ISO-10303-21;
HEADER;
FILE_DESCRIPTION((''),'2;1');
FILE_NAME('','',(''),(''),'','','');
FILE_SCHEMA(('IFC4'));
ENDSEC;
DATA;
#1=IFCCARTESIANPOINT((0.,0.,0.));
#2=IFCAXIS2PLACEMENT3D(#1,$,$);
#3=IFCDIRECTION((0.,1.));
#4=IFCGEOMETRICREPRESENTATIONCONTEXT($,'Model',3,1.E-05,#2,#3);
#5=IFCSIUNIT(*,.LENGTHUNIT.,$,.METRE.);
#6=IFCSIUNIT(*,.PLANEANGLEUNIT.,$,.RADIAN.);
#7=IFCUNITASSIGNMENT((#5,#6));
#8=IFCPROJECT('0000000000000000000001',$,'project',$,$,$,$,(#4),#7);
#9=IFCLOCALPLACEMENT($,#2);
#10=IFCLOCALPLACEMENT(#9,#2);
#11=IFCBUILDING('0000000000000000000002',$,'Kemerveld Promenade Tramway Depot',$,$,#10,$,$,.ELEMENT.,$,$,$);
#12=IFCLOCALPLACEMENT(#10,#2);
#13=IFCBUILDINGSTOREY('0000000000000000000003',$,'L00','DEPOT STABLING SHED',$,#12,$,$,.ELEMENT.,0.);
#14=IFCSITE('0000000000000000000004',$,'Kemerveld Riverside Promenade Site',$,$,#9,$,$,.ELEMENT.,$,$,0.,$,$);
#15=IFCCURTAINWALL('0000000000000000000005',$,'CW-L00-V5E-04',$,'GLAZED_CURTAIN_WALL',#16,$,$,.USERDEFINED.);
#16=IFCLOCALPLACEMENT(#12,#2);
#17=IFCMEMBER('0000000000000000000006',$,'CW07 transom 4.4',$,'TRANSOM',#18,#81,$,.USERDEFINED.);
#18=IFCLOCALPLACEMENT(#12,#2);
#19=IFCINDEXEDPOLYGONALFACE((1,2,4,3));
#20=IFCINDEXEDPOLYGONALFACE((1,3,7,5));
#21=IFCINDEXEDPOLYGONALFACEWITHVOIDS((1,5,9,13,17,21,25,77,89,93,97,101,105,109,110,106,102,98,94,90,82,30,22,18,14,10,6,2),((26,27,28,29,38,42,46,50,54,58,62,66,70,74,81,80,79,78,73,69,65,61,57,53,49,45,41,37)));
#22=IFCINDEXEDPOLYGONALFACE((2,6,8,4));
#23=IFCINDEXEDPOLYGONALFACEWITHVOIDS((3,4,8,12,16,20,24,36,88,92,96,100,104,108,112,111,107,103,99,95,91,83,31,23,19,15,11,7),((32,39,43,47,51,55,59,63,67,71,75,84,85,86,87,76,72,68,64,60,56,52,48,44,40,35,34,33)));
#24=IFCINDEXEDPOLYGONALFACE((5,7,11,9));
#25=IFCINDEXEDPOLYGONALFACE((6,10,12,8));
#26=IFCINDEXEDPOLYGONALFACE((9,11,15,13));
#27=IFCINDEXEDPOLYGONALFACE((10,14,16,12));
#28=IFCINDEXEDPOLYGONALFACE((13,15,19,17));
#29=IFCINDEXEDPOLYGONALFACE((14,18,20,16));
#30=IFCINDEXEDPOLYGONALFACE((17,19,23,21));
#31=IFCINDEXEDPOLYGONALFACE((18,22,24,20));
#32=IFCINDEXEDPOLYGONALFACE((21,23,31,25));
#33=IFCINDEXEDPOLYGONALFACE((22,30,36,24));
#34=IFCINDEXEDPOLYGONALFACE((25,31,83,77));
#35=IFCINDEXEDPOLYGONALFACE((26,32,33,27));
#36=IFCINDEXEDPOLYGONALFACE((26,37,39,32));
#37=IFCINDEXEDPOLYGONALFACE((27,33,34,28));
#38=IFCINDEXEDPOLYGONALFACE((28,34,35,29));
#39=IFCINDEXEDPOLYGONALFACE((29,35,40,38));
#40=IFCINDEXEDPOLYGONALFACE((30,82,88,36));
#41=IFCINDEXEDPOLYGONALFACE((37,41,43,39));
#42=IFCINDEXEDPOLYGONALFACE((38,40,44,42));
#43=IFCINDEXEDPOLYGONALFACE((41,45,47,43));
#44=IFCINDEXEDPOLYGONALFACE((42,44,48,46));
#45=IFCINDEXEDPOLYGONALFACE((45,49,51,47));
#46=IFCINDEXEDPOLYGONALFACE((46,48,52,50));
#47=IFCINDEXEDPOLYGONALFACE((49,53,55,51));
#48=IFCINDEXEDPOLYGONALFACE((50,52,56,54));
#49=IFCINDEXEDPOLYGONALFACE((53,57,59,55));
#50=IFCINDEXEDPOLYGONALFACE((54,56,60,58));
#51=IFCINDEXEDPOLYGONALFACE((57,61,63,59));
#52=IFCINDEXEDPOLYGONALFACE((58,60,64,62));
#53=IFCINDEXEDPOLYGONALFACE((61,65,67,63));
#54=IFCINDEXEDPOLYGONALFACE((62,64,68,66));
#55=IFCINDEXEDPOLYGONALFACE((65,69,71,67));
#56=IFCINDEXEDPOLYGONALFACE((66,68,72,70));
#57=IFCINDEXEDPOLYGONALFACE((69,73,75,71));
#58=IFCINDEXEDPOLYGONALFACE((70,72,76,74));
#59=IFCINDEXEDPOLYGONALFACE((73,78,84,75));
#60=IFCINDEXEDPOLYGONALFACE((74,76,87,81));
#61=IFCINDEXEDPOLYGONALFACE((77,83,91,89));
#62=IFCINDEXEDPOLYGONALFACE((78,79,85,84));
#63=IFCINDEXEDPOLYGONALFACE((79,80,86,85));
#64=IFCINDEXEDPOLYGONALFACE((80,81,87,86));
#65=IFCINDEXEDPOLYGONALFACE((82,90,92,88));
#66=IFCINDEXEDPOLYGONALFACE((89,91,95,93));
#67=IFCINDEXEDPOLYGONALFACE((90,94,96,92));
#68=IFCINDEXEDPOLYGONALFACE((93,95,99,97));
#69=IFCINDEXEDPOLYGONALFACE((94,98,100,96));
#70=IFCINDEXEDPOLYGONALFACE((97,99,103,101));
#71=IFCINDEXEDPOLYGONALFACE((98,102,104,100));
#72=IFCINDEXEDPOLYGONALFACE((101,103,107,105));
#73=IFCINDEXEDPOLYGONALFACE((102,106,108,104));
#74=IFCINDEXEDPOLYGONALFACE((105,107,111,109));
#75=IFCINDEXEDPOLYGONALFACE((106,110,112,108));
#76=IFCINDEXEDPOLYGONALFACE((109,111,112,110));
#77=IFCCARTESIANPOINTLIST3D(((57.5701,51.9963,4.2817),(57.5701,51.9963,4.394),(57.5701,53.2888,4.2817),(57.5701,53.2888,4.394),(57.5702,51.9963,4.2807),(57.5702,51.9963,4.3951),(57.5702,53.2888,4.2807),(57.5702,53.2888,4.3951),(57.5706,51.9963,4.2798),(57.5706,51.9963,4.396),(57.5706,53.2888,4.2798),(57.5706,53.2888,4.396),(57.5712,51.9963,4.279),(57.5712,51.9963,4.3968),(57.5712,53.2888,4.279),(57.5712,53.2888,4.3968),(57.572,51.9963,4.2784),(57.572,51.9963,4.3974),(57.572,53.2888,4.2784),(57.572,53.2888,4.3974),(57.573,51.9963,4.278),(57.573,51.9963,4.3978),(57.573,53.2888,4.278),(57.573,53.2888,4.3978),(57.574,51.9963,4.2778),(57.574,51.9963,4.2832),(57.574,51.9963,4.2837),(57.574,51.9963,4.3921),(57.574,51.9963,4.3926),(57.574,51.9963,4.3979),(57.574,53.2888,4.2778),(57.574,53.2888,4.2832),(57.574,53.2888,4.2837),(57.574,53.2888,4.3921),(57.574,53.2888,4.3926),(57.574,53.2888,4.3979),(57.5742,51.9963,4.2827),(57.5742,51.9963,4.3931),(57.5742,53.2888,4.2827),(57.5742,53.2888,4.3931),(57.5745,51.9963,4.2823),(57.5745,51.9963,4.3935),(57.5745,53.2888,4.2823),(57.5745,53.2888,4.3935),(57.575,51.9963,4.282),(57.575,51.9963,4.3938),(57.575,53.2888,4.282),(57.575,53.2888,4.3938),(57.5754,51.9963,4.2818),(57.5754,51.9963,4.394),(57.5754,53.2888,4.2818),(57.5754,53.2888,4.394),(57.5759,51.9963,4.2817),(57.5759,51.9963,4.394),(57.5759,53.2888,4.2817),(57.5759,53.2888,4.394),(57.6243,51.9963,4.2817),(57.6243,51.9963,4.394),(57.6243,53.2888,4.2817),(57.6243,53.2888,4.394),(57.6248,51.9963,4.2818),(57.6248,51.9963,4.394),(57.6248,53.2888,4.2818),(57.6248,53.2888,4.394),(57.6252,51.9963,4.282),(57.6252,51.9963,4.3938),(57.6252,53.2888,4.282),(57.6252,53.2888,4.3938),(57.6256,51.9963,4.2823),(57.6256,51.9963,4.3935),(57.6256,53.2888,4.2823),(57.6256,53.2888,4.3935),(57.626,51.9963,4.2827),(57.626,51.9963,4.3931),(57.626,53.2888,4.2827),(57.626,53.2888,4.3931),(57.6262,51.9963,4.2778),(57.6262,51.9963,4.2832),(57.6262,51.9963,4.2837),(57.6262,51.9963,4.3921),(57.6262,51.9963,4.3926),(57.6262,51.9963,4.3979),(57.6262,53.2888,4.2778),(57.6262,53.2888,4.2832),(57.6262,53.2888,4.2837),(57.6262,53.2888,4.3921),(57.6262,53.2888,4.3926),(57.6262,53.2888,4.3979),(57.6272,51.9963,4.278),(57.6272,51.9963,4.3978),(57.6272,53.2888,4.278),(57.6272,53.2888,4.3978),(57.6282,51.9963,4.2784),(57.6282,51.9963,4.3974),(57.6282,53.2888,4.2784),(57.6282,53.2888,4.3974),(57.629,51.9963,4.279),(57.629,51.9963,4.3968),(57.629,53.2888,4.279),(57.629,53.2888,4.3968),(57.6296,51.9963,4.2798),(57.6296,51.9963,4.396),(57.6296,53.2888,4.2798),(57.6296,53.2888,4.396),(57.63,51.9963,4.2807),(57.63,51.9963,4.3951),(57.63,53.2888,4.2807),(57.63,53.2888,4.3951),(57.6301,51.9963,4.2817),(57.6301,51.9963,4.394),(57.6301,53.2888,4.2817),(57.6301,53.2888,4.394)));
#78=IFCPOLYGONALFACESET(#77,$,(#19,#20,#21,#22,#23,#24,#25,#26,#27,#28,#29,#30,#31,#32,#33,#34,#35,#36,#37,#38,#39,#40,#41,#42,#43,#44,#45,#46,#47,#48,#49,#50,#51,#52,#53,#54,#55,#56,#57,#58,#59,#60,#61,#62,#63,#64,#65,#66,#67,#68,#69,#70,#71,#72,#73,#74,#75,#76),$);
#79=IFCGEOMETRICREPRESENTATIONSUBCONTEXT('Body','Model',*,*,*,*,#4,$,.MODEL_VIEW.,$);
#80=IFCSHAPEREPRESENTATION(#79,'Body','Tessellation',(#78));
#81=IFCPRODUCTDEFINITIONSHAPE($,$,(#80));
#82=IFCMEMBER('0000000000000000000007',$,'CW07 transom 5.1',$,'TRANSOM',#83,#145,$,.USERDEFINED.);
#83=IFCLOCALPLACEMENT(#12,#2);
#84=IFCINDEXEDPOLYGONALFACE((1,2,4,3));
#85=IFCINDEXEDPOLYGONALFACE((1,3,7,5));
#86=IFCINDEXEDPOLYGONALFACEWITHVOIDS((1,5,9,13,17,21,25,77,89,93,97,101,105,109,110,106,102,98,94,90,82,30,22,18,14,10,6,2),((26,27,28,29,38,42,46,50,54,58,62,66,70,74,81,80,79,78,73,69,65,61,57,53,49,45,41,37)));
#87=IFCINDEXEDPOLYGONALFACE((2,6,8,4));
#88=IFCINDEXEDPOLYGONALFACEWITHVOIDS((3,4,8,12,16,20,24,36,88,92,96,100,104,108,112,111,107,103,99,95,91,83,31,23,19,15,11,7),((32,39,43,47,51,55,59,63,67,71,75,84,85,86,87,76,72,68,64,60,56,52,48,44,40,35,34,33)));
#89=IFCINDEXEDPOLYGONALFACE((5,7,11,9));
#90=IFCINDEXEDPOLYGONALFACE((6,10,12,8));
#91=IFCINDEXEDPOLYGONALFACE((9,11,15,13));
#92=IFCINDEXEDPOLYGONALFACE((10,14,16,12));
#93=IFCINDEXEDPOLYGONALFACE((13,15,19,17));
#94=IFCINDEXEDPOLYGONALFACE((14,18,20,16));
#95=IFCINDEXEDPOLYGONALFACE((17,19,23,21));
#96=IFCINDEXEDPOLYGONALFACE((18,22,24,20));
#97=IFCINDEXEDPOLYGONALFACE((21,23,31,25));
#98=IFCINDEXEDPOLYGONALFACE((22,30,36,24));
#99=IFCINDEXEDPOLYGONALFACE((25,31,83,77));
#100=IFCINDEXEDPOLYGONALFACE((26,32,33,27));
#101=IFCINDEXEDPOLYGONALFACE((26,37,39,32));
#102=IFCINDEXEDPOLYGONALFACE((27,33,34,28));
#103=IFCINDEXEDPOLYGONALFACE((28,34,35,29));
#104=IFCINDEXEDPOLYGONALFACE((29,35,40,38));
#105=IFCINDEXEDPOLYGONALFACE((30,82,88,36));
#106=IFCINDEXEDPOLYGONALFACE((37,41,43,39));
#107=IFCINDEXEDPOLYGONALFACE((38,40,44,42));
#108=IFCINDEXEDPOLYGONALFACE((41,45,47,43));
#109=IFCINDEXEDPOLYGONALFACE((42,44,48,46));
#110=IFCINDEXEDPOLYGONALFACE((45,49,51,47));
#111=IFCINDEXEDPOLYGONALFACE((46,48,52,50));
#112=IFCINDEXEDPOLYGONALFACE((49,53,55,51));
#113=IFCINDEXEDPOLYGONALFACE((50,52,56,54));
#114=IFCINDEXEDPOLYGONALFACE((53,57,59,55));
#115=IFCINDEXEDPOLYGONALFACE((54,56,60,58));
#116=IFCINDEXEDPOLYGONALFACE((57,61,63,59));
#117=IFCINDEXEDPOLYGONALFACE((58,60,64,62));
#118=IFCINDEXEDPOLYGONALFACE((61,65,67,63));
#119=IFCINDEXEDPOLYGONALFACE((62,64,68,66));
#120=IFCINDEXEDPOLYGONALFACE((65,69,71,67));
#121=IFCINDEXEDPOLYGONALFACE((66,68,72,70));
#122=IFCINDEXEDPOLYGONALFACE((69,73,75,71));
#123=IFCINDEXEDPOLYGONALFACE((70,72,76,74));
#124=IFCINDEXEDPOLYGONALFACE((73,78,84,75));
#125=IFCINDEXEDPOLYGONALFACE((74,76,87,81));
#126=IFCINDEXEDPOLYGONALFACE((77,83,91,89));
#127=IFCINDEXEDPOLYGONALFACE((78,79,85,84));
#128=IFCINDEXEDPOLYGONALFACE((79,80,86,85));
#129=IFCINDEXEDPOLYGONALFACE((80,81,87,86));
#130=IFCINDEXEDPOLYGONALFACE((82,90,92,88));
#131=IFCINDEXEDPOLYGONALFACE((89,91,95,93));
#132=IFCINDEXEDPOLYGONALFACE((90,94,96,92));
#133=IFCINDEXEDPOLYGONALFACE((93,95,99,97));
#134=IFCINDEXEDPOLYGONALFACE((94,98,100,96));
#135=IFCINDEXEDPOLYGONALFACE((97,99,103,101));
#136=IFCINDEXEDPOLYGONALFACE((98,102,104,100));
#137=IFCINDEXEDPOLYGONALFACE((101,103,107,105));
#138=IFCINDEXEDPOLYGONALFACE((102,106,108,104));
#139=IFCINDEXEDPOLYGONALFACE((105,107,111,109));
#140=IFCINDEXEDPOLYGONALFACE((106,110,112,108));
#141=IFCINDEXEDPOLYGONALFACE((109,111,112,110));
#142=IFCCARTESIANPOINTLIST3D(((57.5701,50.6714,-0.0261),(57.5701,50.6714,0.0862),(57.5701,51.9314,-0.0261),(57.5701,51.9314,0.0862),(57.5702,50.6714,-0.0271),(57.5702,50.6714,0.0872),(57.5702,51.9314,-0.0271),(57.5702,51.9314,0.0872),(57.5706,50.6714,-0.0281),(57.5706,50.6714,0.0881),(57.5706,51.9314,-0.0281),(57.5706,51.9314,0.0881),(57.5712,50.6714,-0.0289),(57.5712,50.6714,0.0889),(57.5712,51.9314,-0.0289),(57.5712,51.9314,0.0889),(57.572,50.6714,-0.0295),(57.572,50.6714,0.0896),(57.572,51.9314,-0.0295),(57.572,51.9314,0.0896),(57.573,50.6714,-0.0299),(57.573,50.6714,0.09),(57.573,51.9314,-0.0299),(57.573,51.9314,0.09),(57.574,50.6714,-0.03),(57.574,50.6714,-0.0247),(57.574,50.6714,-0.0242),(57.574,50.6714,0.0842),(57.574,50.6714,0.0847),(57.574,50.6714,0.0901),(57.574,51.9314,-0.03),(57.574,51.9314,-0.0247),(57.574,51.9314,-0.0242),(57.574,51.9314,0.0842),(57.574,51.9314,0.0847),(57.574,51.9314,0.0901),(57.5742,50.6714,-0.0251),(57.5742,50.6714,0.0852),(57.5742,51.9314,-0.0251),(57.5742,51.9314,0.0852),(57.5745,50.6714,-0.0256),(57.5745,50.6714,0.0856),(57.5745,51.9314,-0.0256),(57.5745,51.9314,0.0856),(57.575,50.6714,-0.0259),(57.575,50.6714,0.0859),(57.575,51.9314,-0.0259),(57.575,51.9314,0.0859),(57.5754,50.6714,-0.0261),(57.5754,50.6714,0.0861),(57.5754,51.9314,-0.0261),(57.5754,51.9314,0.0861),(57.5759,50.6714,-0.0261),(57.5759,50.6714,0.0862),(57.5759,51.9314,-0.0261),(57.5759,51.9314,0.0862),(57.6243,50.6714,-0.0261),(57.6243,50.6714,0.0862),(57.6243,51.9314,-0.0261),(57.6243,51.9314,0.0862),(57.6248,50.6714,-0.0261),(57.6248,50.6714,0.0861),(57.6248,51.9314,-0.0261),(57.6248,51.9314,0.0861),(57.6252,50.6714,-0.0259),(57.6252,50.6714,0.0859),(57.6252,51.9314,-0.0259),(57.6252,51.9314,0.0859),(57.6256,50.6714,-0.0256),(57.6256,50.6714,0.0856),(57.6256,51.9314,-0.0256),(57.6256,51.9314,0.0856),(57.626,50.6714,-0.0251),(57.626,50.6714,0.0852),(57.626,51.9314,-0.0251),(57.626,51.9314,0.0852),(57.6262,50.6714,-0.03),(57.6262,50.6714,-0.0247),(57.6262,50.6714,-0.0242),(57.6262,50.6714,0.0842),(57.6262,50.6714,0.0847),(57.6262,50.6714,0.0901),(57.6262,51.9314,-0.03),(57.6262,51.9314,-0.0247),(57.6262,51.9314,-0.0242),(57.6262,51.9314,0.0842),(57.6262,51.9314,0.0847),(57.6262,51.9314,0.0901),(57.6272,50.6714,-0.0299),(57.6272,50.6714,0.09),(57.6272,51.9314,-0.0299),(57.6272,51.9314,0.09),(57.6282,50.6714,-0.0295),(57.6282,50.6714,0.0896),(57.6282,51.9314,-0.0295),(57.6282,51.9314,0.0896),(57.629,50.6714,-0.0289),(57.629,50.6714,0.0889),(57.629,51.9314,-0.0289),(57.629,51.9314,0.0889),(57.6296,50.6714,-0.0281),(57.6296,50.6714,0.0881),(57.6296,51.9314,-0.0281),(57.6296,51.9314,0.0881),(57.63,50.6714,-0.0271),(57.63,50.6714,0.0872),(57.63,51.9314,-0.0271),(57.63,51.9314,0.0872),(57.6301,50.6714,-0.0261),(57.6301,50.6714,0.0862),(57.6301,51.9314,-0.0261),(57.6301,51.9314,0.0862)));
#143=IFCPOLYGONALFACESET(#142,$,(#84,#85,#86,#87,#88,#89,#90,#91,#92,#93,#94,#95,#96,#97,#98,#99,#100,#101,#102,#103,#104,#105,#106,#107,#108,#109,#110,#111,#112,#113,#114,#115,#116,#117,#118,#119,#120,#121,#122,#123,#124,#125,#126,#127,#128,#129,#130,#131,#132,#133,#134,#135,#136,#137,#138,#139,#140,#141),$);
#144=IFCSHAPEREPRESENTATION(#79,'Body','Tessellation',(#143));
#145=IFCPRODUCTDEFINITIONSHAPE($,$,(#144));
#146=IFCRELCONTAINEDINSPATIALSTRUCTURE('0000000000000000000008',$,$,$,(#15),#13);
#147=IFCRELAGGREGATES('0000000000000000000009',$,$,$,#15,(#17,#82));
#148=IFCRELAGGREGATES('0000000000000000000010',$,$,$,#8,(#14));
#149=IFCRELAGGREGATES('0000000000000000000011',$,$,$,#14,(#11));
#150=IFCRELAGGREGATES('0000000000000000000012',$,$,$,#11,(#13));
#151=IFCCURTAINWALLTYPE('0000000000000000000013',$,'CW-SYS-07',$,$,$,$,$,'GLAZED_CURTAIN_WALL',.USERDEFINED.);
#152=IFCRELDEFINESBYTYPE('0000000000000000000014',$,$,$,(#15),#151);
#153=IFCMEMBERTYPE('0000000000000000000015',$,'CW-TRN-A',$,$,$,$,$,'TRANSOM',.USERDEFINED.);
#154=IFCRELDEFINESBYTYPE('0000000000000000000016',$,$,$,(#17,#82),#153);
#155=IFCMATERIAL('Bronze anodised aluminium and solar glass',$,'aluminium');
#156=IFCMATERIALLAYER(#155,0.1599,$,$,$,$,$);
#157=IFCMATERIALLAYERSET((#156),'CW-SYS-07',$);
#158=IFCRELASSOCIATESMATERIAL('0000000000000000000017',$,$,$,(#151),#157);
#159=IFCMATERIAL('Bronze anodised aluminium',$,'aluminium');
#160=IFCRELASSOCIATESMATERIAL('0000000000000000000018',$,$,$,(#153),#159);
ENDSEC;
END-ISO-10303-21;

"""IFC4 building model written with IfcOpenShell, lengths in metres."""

from ifc_helpers import new_model, si_unit, direction, frame, origin, origin_2d, place, context, subcontext, project, spatial, hollow_rectangle, extrude, material, layer, layer_set, material_profile, profile_set, type_object, element, aggregate, save


model = new_model("IFC4")

# Units and contexts
model_context = context("Model", 3, precision=1e-05, world=origin(), true_north=direction((0.0, 1.0)))
body_context = subcontext(model_context, "Body", "Model", "MODEL_VIEW")
ifc_project = project(units=[si_unit("LENGTHUNIT", "METRE"), si_unit("PLANEANGLEUNIT", "RADIAN")], contexts=[model_context])

# Site, building, storey
site_placement = place(None, origin())
site = spatial("IfcSite", under=ifc_project, at=site_placement, Name="Kemerveld Riverside Promenade Site", CompositionType="ELEMENT", RefElevation=0.0)
building_placement = place(site_placement, origin())
building = spatial("IfcBuilding", under=site, at=building_placement, Name="Kemerveld Promenade Tramway Depot", CompositionType="ELEMENT")
storey_placement = place(building_placement, origin())
storey = spatial("IfcBuildingStorey", under=building, at=storey_placement, Name="L00", Description="DEPOT STABLING SHED", CompositionType="ELEMENT", Elevation=0.0)

# Curtain wall
ifc_material_1 = material(Name="Bronze anodised aluminium and solar glass", Category="aluminium")
ifc_layer_1 = layer(ifc_material_1, 0.1599)
ifc_layer_set_1 = layer_set([ifc_layer_1], Name="CW-SYS-07")
curtain_wall_type_1 = type_object("IfcCurtainWallType", Name="CW-SYS-07", ElementType="GLAZED_CURTAIN_WALL", PredefinedType="USERDEFINED", material=ifc_layer_set_1)
curtain_wall_1_placement = place(storey_placement, origin())
curtain_wall_1 = element("IfcCurtainWall", 1, at=curtain_wall_1_placement, inside=storey, type_object=curtain_wall_type_1, Name="CW-L00-V5E-04", ObjectType="GLAZED_CURTAIN_WALL", PredefinedType="USERDEFINED")
ifc_material_2 = material(Name="Bronze anodised aluminium", Category="aluminium")

# Members
ifc_material_profile_1 = material_profile(ifc_material_2, hollow_rectangle(XDim=0.0601, YDim=0.1201, WallThickness=0.0039, InnerFilletRadius=0.002, OuterFilletRadius=0.0039, at=origin_2d()), Name="CW-TRN-120x60")
ifc_profile_set_1 = profile_set([ifc_material_profile_1], Name="Bronze anodised aluminium")
member_type_1 = type_object("IfcMemberType", Name="CW-TRN-A", ElementType="TRANSOM", PredefinedType="USERDEFINED", material=ifc_profile_set_1)
member_1_placement = place(storey_placement, frame((57.6001, 53.2888, 4.3379), z_axis=(0.0, -1.0, 0.0), x_axis=(1.0, 0.0, 0.0)))
member_1 = element("IfcMember", 2, at=member_1_placement, type_object=member_type_1, Name="CW07 transom 4.4", ObjectType="TRANSOM", PredefinedType="USERDEFINED", context=body_context, shape_type="SweptSolid", body=[
    extrude(hollow_rectangle(XDim=0.0601, YDim=0.1201, WallThickness=0.0039, InnerFilletRadius=0.002, OuterFilletRadius=0.0039, at=origin_2d()), origin(), (0.0, 0.0, 1.0), 1.2925),
])
member_2_placement = place(storey_placement, frame((57.6001, 51.9314, 0.03), z_axis=(0.0, -1.0, 0.0), x_axis=(1.0, 0.0, 0.0)))
member_2 = element("IfcMember", 3, at=member_2_placement, type_object=member_type_1, Name="CW07 transom 5.1", ObjectType="TRANSOM", PredefinedType="USERDEFINED", context=body_context, shape_type="SweptSolid", body=[
    extrude(hollow_rectangle(XDim=0.0601, YDim=0.1201, WallThickness=0.0039, InnerFilletRadius=0.002, OuterFilletRadius=0.0039, at=origin_2d()), origin(), (0.0, 0.0, 1.0), 1.26),
])

aggregate(curtain_wall_1, [member_1, member_2])

save(model, "model.ifc")
